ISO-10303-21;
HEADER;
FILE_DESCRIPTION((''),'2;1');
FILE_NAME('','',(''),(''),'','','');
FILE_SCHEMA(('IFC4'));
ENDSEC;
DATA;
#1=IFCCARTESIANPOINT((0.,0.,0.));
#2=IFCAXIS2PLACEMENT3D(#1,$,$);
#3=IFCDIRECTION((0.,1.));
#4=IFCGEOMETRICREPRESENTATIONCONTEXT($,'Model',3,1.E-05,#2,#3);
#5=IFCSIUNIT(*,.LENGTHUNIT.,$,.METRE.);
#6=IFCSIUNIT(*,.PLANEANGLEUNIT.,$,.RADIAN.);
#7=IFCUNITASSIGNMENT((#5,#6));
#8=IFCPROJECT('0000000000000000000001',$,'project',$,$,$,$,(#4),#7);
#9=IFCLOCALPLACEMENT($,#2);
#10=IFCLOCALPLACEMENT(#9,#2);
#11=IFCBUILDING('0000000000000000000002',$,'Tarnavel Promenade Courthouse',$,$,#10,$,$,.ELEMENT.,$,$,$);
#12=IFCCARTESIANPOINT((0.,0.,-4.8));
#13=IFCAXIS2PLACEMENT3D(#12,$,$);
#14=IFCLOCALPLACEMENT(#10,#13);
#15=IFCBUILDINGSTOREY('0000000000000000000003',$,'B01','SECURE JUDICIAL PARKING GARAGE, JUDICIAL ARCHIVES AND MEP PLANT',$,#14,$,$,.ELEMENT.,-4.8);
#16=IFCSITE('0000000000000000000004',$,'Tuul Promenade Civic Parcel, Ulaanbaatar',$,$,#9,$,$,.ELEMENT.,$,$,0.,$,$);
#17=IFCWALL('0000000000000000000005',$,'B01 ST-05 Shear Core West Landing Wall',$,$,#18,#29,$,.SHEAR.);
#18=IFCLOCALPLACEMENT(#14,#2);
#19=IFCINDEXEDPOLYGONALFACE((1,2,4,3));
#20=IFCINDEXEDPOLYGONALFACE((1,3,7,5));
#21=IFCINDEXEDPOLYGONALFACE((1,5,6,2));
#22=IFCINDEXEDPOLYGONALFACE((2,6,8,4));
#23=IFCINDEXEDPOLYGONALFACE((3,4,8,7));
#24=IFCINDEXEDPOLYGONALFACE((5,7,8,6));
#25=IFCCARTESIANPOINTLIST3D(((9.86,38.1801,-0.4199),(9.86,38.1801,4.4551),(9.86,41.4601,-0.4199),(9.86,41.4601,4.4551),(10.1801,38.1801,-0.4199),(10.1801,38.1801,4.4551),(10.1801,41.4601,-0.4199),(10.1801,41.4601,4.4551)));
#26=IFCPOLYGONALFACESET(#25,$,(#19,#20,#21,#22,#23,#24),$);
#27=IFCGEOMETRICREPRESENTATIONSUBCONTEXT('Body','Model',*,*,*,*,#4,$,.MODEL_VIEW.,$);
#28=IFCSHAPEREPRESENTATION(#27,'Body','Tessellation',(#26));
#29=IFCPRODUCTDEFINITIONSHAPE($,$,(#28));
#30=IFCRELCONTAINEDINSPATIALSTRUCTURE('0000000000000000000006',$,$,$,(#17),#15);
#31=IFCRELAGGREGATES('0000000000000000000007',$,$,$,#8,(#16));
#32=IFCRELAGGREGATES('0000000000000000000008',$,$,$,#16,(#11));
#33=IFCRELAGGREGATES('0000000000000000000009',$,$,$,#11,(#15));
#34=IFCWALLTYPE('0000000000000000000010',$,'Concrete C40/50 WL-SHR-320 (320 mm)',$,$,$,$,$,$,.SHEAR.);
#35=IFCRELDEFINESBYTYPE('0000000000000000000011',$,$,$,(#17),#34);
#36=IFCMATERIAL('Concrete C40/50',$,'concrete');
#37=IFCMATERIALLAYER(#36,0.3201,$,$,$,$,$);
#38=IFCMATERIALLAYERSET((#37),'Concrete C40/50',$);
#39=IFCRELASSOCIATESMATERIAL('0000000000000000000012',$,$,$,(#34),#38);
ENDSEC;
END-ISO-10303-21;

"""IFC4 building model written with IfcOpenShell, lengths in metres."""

from ifc_helpers import new_model, si_unit, direction, frame, frame_2d, origin, place, context, subcontext, project, spatial, rectangle, extrude, material, layer, layer_set, type_object, element, save


model = new_model("IFC4")

# Units and contexts
model_context = context("Model", 3, precision=1e-05, world=origin(), true_north=direction((0.0, 1.0)))
body_context = subcontext(model_context, "Body", "Model", "MODEL_VIEW")
ifc_project = project(units=[si_unit("LENGTHUNIT", "METRE"), si_unit("PLANEANGLEUNIT", "RADIAN")], contexts=[model_context])

# Site, building, storey
site_placement = place(None, origin())
site = spatial("IfcSite", under=ifc_project, at=site_placement, Name="Tuul Promenade Civic Parcel, Ulaanbaatar", CompositionType="ELEMENT", RefElevation=0.0)
building_placement = place(site_placement, origin())
building = spatial("IfcBuilding", under=site, at=building_placement, Name="Tarnavel Promenade Courthouse", CompositionType="ELEMENT")
storey_placement = place(building_placement, frame((0.0, 0.0, -4.8)))
storey = spatial("IfcBuildingStorey", under=building, at=storey_placement, Name="B01", Description="SECURE JUDICIAL PARKING GARAGE, JUDICIAL ARCHIVES AND MEP PLANT", CompositionType="ELEMENT", Elevation=-4.8)

# Shared definitions
ifc_material_1 = material(Name="Concrete C40/50", Category="concrete")

# Wall
ifc_layer = layer(ifc_material_1, 0.3201)
ifc_layer_set = layer_set([ifc_layer], Name="Concrete C40/50")
wall_type = type_object("IfcWallType", Name="Concrete C40/50 WL-SHR-320 (320 mm)", PredefinedType="SHEAR", material=ifc_layer_set)
wall_1_placement = place(storey_placement, frame((10.02, 38.1799, -0.4199), z_axis=(0.0, 0.0, 1.0), x_axis=(0.0, 1.0, 0.0)))
element("IfcWall", 1, at=wall_1_placement, inside=storey, type_object=wall_type, Name="B01 ST-05 Shear Core West Landing Wall", PredefinedType="SHEAR", context=body_context, shape_type="SweptSolid", body=[
    extrude(rectangle(XDim=3.28, YDim=0.3201, at=frame_2d((1.6401, 0.0))), origin(), (0.0, 0.0, 1.0), 4.875),
])

save(model, "model.ifc")
